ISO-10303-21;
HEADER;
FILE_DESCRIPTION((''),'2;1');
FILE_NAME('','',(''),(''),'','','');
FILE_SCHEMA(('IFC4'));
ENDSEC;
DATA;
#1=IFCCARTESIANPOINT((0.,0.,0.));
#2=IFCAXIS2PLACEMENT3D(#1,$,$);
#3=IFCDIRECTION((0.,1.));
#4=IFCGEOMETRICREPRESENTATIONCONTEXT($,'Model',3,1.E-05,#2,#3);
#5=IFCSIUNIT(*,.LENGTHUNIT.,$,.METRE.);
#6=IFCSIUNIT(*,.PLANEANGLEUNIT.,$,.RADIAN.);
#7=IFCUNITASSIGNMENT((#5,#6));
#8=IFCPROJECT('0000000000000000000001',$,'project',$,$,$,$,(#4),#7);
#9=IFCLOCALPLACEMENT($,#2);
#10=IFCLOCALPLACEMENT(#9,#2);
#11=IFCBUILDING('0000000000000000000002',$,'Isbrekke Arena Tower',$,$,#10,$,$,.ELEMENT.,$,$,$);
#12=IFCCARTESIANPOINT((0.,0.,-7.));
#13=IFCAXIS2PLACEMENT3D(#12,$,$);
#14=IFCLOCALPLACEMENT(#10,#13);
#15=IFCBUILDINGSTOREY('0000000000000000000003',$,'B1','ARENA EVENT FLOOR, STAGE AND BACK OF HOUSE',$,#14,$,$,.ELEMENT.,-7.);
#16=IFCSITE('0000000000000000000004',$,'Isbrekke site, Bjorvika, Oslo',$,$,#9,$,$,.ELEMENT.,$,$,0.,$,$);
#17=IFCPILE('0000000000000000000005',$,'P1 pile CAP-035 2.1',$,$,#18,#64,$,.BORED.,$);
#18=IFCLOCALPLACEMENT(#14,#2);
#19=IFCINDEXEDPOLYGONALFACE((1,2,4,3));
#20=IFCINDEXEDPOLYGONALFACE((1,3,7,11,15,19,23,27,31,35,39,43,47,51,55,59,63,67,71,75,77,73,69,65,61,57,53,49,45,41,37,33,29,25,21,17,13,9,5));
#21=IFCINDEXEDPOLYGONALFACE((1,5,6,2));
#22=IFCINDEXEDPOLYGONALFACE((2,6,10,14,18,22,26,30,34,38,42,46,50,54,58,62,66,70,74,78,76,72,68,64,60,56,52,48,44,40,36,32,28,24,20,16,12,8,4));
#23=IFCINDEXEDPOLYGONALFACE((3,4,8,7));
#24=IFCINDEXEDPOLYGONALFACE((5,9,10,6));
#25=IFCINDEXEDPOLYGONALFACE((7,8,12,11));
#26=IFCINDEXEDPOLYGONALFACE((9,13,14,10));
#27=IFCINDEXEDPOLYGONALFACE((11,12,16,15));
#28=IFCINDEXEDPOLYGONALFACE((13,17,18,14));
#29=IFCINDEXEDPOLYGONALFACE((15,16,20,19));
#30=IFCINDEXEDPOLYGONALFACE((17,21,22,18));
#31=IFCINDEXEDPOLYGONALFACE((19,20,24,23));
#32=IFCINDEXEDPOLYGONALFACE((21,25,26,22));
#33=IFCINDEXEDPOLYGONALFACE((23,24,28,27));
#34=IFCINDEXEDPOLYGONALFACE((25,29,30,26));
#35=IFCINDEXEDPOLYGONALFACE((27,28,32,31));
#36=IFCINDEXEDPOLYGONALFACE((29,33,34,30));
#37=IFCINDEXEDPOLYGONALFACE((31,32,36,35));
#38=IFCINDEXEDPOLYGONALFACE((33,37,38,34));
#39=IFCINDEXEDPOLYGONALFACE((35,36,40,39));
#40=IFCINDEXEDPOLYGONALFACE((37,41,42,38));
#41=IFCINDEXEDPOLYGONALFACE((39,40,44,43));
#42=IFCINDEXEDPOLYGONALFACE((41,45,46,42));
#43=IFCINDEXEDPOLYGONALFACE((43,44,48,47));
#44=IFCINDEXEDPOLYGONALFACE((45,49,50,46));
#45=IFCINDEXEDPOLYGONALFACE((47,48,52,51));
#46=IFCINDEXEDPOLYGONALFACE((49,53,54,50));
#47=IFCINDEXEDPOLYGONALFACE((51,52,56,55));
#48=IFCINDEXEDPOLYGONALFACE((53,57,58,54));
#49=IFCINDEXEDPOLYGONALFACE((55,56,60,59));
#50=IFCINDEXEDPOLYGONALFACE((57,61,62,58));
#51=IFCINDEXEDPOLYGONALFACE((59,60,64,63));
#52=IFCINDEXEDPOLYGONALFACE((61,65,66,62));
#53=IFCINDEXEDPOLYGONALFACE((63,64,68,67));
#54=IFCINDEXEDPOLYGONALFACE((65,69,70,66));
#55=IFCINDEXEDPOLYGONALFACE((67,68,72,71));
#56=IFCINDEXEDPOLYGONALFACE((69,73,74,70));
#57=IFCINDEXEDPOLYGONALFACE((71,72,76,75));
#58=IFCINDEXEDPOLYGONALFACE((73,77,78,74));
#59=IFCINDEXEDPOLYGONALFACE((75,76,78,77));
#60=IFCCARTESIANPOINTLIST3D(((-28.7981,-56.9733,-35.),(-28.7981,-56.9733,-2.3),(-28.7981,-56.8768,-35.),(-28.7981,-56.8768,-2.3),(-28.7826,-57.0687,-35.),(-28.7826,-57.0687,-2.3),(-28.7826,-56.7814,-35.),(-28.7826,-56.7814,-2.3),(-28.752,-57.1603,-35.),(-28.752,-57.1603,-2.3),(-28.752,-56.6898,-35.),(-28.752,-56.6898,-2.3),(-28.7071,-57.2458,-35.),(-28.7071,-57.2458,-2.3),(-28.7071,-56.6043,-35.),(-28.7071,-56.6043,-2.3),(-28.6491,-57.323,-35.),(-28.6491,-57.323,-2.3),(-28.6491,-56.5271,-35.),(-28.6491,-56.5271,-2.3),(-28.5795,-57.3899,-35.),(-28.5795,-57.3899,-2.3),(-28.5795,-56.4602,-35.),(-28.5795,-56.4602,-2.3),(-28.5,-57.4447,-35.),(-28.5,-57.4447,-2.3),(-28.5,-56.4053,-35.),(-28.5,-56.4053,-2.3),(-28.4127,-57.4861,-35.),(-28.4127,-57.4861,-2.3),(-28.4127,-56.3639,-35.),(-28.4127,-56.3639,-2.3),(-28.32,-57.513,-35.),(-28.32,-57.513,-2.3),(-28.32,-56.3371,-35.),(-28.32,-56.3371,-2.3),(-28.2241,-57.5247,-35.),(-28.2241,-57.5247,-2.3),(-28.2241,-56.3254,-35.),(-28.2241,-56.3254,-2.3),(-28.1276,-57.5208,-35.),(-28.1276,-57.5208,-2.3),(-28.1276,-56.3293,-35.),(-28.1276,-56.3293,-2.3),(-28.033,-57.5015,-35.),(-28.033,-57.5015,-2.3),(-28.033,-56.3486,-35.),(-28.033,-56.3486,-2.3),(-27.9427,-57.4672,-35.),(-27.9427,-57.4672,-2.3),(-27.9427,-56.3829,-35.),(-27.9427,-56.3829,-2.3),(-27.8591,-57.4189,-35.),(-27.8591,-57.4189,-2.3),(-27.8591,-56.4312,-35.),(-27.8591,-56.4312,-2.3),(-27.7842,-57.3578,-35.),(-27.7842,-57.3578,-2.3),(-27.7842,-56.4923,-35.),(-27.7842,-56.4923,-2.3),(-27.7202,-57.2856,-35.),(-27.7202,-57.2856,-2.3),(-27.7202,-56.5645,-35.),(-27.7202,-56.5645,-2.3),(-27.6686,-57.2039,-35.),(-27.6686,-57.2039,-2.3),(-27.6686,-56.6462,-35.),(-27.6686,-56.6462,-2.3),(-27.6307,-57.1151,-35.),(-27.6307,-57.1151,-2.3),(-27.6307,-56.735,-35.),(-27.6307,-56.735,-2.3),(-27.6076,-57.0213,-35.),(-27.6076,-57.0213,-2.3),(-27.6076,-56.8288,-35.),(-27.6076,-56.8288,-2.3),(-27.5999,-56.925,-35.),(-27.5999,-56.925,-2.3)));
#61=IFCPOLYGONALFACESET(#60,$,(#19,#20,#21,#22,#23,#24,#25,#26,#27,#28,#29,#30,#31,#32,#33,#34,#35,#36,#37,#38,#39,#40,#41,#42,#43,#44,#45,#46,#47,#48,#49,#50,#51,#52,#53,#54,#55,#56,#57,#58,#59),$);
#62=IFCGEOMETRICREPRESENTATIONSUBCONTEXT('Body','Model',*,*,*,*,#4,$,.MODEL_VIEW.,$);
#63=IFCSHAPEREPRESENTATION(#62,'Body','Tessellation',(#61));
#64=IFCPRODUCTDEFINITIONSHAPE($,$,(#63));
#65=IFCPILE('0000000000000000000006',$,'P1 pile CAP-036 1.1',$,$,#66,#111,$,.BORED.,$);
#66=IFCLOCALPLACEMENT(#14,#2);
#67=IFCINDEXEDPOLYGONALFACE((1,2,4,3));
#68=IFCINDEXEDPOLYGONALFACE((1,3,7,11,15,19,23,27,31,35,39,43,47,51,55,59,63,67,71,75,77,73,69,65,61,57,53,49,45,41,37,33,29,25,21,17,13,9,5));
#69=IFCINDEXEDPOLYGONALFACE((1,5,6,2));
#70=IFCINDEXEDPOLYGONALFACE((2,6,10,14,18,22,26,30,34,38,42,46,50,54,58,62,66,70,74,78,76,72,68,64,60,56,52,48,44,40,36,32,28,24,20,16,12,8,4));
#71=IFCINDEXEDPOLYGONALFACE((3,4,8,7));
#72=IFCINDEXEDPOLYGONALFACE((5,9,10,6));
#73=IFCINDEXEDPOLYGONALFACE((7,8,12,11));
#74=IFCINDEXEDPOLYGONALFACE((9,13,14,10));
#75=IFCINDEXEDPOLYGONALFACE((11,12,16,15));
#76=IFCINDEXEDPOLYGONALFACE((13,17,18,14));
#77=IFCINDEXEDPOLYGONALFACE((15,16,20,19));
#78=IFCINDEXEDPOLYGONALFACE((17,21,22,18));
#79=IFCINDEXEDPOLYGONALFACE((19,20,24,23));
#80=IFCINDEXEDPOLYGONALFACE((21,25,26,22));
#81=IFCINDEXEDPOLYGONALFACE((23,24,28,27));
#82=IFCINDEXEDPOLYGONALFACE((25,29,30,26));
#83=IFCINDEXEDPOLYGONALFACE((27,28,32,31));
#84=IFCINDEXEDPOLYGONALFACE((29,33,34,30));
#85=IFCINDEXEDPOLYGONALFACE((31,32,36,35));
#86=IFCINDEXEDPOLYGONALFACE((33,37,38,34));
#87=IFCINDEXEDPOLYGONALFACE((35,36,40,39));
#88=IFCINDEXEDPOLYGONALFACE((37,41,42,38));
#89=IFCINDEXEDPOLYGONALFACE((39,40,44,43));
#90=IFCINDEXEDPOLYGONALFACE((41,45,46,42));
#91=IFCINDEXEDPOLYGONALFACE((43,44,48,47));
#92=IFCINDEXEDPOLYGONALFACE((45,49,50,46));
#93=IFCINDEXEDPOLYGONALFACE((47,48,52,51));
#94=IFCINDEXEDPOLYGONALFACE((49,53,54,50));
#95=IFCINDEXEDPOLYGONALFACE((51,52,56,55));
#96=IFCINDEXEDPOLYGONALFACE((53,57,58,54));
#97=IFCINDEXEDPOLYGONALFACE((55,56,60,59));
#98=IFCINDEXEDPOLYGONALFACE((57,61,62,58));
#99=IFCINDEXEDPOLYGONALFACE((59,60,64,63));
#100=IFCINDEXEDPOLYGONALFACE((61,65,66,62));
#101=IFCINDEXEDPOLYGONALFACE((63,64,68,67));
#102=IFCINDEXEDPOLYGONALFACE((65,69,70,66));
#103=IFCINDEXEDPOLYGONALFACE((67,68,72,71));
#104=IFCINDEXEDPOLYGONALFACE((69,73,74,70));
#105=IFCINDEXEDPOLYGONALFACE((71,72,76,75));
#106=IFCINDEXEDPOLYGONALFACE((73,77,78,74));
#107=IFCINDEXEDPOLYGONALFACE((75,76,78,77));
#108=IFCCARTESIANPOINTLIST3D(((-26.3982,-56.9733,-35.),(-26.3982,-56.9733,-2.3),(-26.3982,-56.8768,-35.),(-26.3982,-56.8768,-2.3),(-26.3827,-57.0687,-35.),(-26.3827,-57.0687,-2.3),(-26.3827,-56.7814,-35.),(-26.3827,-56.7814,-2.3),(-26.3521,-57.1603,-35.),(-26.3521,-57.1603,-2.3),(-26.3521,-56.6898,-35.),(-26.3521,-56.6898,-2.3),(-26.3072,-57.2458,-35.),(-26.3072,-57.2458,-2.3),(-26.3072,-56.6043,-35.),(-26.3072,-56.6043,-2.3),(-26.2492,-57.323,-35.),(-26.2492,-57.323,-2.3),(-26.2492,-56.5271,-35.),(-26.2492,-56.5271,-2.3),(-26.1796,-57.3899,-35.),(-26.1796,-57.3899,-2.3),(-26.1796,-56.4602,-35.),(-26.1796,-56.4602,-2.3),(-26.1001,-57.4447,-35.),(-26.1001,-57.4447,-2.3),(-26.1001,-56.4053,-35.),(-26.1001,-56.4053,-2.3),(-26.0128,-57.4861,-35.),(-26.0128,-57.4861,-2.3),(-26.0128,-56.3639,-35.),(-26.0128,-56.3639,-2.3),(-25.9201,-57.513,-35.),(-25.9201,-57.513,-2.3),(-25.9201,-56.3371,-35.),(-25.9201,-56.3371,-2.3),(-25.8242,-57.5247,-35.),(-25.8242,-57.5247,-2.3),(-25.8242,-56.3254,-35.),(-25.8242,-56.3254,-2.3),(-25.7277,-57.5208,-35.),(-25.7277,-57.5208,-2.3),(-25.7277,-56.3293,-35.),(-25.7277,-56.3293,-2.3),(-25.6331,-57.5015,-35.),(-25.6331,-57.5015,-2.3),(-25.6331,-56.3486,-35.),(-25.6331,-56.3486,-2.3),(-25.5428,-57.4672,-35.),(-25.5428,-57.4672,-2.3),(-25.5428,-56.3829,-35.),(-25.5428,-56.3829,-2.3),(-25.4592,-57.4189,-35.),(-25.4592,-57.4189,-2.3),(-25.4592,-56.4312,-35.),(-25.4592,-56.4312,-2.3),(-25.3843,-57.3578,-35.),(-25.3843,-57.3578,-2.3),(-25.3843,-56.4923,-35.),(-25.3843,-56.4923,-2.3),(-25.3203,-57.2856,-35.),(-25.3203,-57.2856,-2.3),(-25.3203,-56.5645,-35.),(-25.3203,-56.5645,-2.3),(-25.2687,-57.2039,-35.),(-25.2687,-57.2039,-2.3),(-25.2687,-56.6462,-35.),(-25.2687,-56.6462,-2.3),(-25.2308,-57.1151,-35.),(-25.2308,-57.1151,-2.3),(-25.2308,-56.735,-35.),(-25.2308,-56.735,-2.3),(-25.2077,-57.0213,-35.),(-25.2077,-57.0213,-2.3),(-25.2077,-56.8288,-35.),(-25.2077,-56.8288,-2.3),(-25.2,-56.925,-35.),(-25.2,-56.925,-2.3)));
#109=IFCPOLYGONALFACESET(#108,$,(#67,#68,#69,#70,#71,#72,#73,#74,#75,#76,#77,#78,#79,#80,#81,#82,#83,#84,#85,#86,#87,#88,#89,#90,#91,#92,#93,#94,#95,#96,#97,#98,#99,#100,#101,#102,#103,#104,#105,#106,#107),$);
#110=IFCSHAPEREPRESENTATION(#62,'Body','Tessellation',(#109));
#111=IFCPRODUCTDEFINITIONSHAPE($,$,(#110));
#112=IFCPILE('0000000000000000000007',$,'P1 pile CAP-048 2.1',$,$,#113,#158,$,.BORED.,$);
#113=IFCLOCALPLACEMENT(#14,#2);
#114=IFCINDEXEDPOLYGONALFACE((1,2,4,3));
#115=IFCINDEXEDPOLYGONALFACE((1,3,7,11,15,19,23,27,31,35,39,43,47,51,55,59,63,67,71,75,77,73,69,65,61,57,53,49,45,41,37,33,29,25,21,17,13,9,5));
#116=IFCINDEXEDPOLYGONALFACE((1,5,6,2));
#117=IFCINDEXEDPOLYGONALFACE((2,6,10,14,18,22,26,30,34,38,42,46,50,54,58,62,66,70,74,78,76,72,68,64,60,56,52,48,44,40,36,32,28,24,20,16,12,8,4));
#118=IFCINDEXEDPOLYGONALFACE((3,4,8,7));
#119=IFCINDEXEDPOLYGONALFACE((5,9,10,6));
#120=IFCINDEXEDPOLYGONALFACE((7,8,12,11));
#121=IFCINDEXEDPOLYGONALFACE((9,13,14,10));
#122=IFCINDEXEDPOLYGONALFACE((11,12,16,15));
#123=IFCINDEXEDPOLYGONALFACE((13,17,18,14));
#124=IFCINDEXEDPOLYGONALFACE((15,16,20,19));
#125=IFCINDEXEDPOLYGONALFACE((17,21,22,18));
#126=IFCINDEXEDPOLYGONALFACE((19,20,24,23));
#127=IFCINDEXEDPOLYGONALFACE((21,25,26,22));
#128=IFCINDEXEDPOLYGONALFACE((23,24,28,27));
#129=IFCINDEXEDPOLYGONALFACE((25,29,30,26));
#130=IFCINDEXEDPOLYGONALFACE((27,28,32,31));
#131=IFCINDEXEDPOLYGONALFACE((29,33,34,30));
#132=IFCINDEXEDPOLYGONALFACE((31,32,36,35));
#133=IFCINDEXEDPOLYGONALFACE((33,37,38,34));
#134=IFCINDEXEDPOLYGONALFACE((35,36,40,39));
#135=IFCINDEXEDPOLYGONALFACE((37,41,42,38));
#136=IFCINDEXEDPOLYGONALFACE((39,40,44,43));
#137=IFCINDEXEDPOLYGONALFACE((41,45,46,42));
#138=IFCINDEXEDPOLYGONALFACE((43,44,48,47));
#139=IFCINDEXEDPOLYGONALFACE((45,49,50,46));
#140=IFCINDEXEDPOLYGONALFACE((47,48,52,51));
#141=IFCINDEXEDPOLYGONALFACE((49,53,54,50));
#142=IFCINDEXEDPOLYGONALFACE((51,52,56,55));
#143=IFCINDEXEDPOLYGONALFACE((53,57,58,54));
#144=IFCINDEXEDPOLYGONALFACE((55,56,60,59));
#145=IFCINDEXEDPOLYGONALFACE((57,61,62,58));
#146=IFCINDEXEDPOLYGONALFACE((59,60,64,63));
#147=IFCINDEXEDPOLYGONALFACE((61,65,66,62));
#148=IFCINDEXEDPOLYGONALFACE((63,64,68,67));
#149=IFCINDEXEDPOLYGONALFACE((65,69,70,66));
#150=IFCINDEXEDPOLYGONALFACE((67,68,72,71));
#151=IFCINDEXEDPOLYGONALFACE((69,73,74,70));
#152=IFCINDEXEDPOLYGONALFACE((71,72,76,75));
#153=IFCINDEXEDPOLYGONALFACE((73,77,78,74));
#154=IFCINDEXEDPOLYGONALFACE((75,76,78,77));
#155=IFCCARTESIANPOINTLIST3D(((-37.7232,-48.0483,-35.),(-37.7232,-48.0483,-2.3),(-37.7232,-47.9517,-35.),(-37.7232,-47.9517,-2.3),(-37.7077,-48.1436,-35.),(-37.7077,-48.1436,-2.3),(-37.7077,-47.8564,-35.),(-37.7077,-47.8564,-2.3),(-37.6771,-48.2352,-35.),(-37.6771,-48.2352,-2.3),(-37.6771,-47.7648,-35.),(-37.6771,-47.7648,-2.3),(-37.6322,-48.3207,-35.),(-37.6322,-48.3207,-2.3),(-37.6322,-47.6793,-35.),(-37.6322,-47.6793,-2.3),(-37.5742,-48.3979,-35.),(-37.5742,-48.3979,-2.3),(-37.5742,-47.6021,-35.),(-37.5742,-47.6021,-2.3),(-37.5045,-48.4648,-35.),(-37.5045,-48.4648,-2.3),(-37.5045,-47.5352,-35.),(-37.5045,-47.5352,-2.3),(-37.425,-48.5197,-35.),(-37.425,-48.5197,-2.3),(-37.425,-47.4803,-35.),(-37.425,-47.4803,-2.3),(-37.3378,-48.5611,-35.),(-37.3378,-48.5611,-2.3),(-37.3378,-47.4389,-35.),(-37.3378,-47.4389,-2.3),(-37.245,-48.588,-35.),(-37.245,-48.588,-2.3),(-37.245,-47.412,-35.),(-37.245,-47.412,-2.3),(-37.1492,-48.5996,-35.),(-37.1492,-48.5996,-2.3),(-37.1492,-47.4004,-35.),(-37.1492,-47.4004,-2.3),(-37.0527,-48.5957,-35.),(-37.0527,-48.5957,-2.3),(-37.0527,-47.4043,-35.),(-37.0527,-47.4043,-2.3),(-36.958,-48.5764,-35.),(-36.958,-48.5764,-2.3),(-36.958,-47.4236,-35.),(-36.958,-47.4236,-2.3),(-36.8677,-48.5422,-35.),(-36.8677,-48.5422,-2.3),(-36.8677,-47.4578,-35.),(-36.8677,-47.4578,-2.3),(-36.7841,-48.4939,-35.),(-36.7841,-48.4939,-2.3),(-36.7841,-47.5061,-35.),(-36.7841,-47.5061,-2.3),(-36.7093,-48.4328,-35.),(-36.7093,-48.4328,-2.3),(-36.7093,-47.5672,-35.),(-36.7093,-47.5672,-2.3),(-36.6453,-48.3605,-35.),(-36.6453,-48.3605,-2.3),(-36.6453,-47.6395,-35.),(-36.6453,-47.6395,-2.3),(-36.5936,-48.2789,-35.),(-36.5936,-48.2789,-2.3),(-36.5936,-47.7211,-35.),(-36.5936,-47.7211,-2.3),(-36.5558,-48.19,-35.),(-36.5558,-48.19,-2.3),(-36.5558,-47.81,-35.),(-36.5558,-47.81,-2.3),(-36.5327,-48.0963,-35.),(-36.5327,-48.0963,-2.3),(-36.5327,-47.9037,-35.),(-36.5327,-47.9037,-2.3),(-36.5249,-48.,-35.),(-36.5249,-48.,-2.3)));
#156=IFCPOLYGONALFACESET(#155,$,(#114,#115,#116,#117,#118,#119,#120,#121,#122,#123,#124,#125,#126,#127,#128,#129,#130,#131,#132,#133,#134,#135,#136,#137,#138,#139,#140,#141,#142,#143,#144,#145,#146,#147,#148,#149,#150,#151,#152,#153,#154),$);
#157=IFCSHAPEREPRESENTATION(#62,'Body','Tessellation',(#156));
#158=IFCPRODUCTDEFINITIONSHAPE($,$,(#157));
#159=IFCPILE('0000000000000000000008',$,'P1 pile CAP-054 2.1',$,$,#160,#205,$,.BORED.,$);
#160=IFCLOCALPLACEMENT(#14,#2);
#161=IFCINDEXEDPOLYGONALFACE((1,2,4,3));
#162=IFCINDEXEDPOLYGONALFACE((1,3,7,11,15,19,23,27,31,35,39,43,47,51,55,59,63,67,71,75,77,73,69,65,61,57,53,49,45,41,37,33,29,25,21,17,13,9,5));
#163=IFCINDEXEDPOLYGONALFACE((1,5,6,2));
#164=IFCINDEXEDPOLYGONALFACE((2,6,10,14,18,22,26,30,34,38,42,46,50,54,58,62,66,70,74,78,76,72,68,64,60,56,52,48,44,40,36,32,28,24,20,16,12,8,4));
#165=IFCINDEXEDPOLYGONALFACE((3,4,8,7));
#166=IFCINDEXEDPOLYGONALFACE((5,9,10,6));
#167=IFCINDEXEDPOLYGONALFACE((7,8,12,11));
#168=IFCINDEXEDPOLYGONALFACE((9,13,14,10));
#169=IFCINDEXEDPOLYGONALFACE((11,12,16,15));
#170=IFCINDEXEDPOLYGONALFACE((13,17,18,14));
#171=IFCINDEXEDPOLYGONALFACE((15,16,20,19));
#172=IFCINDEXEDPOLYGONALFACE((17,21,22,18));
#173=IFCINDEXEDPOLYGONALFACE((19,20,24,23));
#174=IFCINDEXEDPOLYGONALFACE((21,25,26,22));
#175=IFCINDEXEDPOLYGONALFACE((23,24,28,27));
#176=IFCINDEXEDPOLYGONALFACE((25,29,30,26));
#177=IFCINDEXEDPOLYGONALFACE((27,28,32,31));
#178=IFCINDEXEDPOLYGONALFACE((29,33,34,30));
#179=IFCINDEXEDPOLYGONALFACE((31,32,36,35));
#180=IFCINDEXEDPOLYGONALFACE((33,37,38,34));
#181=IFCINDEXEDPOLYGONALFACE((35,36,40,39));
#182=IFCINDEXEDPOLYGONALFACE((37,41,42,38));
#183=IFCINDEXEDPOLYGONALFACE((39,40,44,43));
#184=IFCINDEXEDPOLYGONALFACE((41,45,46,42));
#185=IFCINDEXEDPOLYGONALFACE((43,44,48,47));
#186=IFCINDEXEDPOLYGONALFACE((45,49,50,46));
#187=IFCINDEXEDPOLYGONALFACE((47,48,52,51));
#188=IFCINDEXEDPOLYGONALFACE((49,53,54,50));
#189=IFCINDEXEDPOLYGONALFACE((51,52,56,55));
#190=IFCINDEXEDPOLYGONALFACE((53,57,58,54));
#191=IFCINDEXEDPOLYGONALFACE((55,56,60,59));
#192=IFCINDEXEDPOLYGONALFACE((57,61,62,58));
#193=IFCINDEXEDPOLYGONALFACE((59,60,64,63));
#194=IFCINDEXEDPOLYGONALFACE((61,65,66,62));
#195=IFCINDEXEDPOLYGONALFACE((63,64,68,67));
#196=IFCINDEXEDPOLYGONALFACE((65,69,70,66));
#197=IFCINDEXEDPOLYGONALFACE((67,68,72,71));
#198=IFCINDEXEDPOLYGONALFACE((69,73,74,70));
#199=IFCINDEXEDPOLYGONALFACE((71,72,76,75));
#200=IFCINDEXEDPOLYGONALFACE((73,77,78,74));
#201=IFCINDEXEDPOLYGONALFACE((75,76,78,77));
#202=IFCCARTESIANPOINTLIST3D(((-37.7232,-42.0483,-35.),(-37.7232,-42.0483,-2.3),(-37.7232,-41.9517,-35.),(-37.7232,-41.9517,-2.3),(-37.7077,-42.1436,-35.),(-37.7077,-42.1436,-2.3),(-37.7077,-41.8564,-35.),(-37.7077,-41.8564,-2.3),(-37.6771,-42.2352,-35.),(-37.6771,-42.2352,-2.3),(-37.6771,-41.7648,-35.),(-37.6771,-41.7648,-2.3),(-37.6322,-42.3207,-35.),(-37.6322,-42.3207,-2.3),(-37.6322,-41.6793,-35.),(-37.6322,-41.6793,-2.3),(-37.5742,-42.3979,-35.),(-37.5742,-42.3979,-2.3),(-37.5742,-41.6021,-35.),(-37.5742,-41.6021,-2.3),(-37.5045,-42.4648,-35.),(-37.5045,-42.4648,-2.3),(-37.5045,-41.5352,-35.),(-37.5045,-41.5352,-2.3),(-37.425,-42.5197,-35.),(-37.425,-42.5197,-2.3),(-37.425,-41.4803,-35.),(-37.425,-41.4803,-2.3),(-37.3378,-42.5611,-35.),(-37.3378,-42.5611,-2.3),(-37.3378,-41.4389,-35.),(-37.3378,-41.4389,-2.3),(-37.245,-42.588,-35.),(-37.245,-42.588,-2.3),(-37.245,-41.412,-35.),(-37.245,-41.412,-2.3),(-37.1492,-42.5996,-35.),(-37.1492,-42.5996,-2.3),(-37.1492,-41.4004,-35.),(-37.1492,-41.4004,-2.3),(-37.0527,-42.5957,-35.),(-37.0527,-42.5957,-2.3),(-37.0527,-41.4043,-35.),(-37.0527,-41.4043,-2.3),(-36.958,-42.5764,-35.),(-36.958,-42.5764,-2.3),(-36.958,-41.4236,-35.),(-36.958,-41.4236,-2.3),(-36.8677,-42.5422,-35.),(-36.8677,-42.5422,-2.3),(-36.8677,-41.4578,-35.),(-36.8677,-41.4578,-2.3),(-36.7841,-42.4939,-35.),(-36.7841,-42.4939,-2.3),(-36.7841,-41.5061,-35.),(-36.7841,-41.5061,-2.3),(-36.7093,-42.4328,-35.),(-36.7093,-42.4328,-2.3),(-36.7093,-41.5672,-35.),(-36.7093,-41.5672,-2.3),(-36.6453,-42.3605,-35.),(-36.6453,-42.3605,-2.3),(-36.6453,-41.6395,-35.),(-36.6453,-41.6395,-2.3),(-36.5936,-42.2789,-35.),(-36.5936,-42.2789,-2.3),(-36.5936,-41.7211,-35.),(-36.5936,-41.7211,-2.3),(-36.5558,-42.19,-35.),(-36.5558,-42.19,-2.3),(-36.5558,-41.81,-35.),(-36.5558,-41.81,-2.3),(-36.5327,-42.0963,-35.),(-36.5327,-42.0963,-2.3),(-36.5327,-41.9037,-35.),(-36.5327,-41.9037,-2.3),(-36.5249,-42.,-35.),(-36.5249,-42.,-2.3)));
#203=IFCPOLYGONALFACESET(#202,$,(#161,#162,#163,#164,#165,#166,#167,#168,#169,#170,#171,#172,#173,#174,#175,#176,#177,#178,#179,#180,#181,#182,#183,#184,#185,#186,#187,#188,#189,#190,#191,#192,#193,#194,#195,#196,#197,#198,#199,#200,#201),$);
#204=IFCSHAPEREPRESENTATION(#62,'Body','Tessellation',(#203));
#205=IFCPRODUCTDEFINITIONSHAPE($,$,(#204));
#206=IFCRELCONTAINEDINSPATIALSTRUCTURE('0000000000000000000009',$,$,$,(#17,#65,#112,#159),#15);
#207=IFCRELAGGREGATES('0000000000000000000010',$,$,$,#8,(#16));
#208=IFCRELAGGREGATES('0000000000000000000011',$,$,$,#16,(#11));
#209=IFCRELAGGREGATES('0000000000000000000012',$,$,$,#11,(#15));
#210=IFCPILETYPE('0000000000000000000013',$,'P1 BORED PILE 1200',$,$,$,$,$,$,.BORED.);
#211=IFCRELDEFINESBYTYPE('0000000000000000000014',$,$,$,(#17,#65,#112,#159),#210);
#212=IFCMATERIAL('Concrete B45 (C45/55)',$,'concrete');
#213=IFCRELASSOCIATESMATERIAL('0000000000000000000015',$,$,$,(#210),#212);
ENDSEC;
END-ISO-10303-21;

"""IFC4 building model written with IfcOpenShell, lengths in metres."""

from ifc_helpers import new_model, si_unit, direction, frame, origin, origin_2d, place, context, subcontext, project, spatial, circle, extrude, material, material_profile, profile_set, type_object, element, save


model = new_model("IFC4")

# Units and contexts
model_context = context("Model", 3, precision=1e-05, world=origin(), true_north=direction((0.0, 1.0)))
body_context = subcontext(model_context, "Body", "Model", "MODEL_VIEW")
ifc_project = project(units=[si_unit("LENGTHUNIT", "METRE"), si_unit("PLANEANGLEUNIT", "RADIAN")], contexts=[model_context])

# Site, building, storey
site_placement = place(None, origin())
site = spatial("IfcSite", under=ifc_project, at=site_placement, Name="Isbrekke site, Bjorvika, Oslo", CompositionType="ELEMENT", RefElevation=0.0)
building_placement = place(site_placement, origin())
building = spatial("IfcBuilding", under=site, at=building_placement, Name="Isbrekke Arena Tower", CompositionType="ELEMENT")
storey_placement = place(building_placement, frame((0.0, 0.0, -7.0)))
storey = spatial("IfcBuildingStorey", under=building, at=storey_placement, Name="B1", Description="ARENA EVENT FLOOR, STAGE AND BACK OF HOUSE", CompositionType="ELEMENT", Elevation=-7.0)

# Piles
ifc_material_1 = material(Name="Concrete B45 (C45/55)", Category="concrete")
ifc_material_profile_1 = material_profile(ifc_material_1, circle(Radius=0.6001, at=origin_2d()), Name="BORED PILE D1200")
ifc_profile_set_1 = profile_set([ifc_material_profile_1], Name="Concrete B45 (C45/55)")
pile_type = type_object("IfcPileType", Name="P1 BORED PILE 1200", PredefinedType="BORED", material=ifc_profile_set_1)
for number, where, z_axis, x_axis, name in (
    (1, (-28.2, -56.925, -2.3), (0.0, 0.0, -1.0), (1.0, 0.0, 0.0), "P1 pile CAP-035 2.1"),
    (2, (-25.8, -56.925, -2.3), (0.0, 0.0, -1.0), (1.0, 0.0, 0.0), "P1 pile CAP-036 1.1"),
    (3, (-37.125, -48.0, -2.3), (0.0, 0.0, -1.0), (1.0, 0.0, 0.0), "P1 pile CAP-048 2.1"),
    (4, (-37.125, -42.0, -2.3), (0.0, 0.0, -1.0), (1.0, 0.0, 0.0), "P1 pile CAP-054 2.1"),
):
    element("IfcPile", number, at=place(storey_placement, frame(where, z_axis=z_axis, x_axis=x_axis)), inside=storey, type_object=pile_type, Name=name, PredefinedType="BORED", context=body_context, shape_type="SweptSolid", body=[
        extrude(circle(Radius=0.6001, at=origin_2d()), origin(), (0.0, 0.0, 1.0), 32.7),
    ])

save(model, "model.ifc")
